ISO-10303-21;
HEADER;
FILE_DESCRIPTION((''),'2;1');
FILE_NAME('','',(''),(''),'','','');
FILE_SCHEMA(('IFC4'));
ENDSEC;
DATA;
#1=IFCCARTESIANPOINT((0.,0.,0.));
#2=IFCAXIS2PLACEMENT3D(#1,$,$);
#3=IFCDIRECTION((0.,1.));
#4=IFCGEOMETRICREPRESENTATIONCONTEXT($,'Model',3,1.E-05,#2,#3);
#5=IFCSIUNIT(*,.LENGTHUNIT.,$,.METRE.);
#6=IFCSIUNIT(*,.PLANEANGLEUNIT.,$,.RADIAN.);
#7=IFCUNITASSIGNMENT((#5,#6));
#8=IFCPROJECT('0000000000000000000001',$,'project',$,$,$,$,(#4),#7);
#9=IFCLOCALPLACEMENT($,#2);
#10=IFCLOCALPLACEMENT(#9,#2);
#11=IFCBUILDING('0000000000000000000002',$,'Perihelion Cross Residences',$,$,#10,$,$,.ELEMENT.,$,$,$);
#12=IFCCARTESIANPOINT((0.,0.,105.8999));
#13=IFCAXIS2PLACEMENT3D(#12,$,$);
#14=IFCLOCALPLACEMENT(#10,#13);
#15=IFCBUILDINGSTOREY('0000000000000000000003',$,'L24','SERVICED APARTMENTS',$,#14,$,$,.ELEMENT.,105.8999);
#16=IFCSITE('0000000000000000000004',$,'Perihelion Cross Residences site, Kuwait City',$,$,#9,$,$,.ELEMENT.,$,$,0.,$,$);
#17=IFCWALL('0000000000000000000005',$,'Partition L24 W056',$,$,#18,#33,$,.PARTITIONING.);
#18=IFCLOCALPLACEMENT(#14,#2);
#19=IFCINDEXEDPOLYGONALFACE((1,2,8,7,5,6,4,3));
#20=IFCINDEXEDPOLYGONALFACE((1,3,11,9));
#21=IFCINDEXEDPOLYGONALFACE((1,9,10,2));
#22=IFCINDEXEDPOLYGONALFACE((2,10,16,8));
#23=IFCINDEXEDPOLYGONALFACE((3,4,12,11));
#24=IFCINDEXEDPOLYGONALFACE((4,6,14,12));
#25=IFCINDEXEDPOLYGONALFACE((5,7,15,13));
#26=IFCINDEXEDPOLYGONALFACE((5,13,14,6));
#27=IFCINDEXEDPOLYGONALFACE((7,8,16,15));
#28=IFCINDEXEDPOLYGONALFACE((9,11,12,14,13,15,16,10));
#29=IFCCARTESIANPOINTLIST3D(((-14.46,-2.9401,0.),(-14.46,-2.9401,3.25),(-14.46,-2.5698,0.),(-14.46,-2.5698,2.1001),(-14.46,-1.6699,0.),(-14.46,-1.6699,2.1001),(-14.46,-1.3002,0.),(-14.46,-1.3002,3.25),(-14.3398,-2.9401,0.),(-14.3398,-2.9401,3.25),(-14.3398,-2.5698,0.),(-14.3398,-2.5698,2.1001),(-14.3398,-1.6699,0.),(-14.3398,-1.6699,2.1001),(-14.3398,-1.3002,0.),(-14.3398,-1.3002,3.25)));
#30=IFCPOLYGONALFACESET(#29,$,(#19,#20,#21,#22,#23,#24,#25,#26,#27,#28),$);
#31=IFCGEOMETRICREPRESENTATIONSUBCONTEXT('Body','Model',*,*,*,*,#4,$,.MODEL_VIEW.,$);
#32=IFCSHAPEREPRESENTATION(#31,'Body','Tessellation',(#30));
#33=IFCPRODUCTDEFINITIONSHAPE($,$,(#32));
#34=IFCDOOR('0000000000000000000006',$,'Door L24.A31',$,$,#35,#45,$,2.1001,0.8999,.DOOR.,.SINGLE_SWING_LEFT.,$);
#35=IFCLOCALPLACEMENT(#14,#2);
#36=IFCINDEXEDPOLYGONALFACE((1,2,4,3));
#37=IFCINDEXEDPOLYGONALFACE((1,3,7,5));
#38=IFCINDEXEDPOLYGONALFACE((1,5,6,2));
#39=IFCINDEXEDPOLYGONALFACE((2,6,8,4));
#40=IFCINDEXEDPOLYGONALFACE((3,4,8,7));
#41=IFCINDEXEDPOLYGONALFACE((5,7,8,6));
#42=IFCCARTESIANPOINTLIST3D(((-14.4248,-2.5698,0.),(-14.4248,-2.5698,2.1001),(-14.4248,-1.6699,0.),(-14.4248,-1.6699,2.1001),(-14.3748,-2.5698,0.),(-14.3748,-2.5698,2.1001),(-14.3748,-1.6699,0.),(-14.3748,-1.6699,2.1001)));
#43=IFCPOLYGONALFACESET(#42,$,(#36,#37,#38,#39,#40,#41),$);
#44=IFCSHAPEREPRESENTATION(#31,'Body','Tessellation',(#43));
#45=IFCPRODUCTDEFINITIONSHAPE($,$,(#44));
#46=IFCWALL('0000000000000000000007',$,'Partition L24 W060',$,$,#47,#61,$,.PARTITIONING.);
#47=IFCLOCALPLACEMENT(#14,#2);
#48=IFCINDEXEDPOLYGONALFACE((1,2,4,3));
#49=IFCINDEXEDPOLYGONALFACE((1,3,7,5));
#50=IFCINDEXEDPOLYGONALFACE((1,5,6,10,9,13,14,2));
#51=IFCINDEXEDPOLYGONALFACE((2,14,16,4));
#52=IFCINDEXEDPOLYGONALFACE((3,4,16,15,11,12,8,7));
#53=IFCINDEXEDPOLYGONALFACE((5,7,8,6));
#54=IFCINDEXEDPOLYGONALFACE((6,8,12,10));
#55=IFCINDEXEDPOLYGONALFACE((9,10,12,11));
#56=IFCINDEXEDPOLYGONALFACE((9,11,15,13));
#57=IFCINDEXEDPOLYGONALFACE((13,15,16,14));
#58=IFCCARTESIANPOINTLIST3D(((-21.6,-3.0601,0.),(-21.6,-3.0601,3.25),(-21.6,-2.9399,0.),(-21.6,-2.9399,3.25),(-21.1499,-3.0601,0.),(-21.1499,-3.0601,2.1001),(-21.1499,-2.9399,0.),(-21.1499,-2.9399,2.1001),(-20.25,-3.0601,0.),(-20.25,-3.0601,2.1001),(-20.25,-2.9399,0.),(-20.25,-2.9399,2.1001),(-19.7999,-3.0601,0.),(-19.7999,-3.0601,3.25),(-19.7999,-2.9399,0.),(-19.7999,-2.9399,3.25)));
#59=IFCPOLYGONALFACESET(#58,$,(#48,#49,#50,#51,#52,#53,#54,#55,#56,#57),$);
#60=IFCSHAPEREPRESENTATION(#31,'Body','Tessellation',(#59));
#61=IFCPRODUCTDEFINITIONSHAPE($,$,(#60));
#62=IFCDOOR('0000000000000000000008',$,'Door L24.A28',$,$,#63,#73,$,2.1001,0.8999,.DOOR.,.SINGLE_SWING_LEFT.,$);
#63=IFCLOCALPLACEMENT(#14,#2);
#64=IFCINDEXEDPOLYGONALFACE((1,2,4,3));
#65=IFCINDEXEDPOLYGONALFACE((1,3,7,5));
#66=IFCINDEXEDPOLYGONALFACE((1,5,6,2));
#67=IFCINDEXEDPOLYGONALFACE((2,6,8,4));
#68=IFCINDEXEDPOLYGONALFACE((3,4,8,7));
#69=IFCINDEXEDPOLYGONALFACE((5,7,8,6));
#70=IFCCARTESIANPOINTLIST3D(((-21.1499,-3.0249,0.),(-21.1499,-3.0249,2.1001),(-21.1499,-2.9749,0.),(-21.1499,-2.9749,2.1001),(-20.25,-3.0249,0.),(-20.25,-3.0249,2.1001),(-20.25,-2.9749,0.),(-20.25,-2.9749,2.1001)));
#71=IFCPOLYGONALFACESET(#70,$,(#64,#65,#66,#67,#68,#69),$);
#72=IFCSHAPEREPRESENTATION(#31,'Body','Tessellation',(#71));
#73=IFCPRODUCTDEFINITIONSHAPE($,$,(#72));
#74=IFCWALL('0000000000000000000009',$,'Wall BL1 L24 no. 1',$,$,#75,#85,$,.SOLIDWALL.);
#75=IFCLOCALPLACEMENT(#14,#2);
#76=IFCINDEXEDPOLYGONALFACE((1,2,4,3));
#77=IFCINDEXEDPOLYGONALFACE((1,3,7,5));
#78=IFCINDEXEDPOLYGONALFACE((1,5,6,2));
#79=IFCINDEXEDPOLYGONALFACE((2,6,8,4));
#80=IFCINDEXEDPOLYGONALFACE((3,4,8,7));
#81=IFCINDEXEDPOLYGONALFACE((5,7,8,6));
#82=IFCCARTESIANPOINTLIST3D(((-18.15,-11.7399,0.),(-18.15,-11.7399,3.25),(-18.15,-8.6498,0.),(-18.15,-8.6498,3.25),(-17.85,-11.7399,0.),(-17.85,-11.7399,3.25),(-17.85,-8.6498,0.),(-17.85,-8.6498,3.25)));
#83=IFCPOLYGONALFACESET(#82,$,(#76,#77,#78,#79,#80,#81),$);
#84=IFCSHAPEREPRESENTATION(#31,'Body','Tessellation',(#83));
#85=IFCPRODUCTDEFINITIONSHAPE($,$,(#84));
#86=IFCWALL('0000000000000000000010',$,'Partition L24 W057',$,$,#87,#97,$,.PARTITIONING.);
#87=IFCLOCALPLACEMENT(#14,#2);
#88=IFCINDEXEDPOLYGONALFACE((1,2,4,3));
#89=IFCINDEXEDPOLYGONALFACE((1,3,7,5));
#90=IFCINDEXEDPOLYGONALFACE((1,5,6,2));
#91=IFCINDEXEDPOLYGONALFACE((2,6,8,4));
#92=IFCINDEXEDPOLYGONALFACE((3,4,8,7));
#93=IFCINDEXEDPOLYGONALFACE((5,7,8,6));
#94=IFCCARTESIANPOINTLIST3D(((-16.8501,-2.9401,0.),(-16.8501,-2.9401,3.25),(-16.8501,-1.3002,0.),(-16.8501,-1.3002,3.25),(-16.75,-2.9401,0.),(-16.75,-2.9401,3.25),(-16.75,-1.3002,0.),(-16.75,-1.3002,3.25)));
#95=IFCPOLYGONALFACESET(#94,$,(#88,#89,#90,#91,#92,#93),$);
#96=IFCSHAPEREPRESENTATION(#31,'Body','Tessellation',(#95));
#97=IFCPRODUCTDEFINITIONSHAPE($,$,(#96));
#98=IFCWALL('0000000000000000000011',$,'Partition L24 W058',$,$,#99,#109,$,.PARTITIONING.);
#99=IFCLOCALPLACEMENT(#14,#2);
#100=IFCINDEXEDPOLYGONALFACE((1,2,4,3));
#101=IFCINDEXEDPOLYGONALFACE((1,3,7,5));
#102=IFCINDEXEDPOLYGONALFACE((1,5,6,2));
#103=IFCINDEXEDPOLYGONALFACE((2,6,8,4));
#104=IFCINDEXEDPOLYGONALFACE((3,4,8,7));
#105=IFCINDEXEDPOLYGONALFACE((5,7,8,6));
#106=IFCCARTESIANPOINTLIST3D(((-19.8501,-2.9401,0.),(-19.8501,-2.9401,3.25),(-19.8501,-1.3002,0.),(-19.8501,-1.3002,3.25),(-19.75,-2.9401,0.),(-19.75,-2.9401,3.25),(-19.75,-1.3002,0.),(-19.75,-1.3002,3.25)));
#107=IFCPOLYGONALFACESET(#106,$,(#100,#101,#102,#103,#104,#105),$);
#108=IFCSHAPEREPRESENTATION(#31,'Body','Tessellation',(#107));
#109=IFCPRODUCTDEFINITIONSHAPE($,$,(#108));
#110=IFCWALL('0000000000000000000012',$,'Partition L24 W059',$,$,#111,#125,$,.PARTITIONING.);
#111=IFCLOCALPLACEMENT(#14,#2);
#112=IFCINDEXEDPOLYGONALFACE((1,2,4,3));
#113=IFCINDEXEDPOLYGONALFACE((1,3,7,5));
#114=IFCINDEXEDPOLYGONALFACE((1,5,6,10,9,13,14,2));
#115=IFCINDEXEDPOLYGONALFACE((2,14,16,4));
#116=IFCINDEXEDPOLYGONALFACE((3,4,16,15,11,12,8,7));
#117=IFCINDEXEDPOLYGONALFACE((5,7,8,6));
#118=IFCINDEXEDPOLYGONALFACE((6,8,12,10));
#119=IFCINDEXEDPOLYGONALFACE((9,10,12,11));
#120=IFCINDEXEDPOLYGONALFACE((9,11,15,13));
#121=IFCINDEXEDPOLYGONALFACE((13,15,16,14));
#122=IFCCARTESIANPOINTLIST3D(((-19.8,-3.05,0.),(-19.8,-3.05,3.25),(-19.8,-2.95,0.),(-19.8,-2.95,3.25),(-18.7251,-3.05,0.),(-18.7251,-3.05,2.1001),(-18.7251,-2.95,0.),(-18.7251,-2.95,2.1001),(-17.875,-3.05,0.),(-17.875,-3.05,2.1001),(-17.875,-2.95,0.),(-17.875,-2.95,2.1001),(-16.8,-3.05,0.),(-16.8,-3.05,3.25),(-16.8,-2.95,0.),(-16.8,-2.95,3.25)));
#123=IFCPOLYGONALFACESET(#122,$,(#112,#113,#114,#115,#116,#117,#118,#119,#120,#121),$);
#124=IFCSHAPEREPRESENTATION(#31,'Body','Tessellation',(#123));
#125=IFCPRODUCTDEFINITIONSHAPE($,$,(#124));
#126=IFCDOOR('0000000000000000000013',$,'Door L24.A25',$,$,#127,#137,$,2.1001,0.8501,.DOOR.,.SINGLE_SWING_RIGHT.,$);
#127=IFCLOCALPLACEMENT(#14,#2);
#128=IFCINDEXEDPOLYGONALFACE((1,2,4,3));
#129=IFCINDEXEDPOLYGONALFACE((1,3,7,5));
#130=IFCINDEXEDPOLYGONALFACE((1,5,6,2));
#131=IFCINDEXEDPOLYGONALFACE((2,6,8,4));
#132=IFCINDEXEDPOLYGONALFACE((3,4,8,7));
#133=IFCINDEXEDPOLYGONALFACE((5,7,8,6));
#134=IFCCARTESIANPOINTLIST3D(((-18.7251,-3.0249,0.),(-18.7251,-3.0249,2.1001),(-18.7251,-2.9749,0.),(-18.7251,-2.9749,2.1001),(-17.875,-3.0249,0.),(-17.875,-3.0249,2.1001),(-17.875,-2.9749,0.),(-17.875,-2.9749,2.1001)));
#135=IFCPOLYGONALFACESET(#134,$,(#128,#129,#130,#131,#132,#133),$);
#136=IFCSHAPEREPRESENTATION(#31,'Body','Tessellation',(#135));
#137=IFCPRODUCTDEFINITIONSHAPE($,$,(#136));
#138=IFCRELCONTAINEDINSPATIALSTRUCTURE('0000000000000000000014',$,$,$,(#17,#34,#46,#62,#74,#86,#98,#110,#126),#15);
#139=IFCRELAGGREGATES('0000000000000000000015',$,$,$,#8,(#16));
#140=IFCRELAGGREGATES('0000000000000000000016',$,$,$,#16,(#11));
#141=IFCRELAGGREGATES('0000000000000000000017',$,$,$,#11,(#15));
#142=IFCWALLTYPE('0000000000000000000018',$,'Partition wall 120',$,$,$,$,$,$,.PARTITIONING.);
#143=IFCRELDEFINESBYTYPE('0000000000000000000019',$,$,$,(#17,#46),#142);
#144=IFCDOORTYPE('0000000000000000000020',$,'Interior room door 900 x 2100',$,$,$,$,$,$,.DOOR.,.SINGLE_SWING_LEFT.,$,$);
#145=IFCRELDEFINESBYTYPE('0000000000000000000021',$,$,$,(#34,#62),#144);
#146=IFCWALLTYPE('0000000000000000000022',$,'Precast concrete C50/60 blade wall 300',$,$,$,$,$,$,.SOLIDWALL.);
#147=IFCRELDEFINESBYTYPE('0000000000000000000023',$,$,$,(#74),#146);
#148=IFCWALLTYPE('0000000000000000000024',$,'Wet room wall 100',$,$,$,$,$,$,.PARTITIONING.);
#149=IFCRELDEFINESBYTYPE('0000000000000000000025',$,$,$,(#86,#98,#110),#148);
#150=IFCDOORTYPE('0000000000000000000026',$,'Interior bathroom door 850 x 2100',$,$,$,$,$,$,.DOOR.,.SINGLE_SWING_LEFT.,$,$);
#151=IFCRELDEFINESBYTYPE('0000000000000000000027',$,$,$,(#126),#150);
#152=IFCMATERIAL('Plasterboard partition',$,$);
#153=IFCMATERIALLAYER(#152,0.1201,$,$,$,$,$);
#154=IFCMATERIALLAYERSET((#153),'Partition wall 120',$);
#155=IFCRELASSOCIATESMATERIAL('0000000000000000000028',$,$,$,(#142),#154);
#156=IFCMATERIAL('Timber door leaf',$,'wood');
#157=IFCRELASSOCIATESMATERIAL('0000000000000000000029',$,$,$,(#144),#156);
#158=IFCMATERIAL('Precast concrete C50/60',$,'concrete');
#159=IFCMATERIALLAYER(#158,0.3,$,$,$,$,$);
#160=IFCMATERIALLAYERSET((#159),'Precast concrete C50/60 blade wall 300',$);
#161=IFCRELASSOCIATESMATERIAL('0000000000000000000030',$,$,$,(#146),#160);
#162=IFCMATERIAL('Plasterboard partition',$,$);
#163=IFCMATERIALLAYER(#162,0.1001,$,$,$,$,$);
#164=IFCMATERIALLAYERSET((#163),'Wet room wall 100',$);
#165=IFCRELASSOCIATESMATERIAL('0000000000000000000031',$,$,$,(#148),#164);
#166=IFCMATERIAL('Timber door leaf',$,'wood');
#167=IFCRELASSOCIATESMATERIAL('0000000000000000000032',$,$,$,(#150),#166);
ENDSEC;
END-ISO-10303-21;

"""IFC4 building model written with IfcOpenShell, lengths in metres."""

from ifc_helpers import new_model, si_unit, direction, frame, frame_2d, origin, place, context, subcontext, project, spatial, rectangle, extrude, material, layer, layer_set, type_object, element, fill, save


model = new_model("IFC4")

# Units and contexts
model_context = context("Model", 3, precision=1e-05, world=origin(), true_north=direction((0.0, 1.0)))
body_context = subcontext(model_context, "Body", "Model", "MODEL_VIEW")
ifc_project = project(units=[si_unit("LENGTHUNIT", "METRE"), si_unit("PLANEANGLEUNIT", "RADIAN")], contexts=[model_context])

# Site, building, storey
site_placement = place(None, origin())
site = spatial("IfcSite", under=ifc_project, at=site_placement, Name="Perihelion Cross Residences site, Kuwait City", CompositionType="ELEMENT", RefElevation=0.0)
building_placement = place(site_placement, origin())
building = spatial("IfcBuilding", under=site, at=building_placement, Name="Perihelion Cross Residences", CompositionType="ELEMENT")
storey_placement = place(building_placement, frame((0.0, 0.0, 105.8999)))
storey = spatial("IfcBuildingStorey", under=building, at=storey_placement, Name="L24", Description="SERVICED APARTMENTS", CompositionType="ELEMENT", Elevation=105.8999)

# Shared definitions
ifc_material_1 = material(Name="Plasterboard partition")
ifc_layer_1 = layer(ifc_material_1, 0.1201)
ifc_layer_set_1 = layer_set([ifc_layer_1], Name="Partition wall 120")
wall_type_1 = type_object("IfcWallType", Name="Partition wall 120", PredefinedType="PARTITIONING", material=ifc_layer_set_1)
ifc_material_2 = material(Name="Timber door leaf", Category="wood")
door_type_1 = type_object("IfcDoorType", Name="Interior room door 900 x 2100", OperationType="SINGLE_SWING_LEFT", PredefinedType="DOOR", material=ifc_material_2)

# Walls, openings, doors
wall_1_placement = place(storey_placement, frame((-14.3999, -2.9399, 0.0), z_axis=(0.0, 0.0, 1.0), x_axis=(0.0, 1.0, 0.0)))
wall_1 = element("IfcWall", 1, at=wall_1_placement, inside=storey, type_object=wall_type_1, Name="Partition L24 W056", PredefinedType="PARTITIONING", context=body_context, shape_type="SweptSolid", body=[
    extrude(rectangle(XDim=1.6399, YDim=0.1201, at=frame_2d((0.8198, 0.0))), origin(), (0.0, 0.0, 1.0), 3.25),
])
opening_1_placement = place(wall_1_placement, frame((0.3701, 0.0, 0.0)))
opening_1 = element("IfcOpeningElement", 2, at=opening_1_placement, cuts=wall_1, PredefinedType="OPENING", context=body_context, shape_type="SweptSolid", body=[
    extrude(rectangle(XDim=0.8999, YDim=2.1001, at=frame_2d((0.45, 1.05))), frame((0.0, 0.0701, 0.0), z_axis=(0.0, -1.0, 0.0), x_axis=(1.0, 0.0, 0.0)), (0.0, 0.0, 1.0), 0.1401),
])
door_1_placement = place(opening_1_placement, origin())
door_1 = element("IfcDoor", 3, at=door_1_placement, inside=storey, type_object=door_type_1, Name="Door L24.A31", OperationType="SINGLE_SWING_LEFT", OverallHeight=2.1001, OverallWidth=0.8999, PredefinedType="DOOR", context=body_context, shape_type="SweptSolid", body=[
    extrude(rectangle(XDim=0.8999, YDim=2.1001, at=frame_2d((0.45, 1.05))), frame((0.0, 0.0249, 0.0), z_axis=(0.0, -1.0, 0.0), x_axis=(1.0, 0.0, 0.0)), (0.0, 0.0, 1.0), 0.05),
])
fill(opening_1, door_1)
wall_2_placement = place(storey_placement, frame((-19.8, -3.0, 0.0), z_axis=(0.0, 0.0, 1.0), x_axis=(-1.0, 0.0, 0.0)))
wall_2 = element("IfcWall", 4, at=wall_2_placement, inside=storey, type_object=wall_type_1, Name="Partition L24 W060", PredefinedType="PARTITIONING", context=body_context, shape_type="SweptSolid", body=[
    extrude(rectangle(XDim=1.8, YDim=0.1201, at=frame_2d((0.8999, 0.0))), origin(), (0.0, 0.0, 1.0), 3.25),
])
opening_2_placement = place(wall_2_placement, frame((0.45, 0.0, 0.0)))
opening_2 = element("IfcOpeningElement", 5, at=opening_2_placement, cuts=wall_2, PredefinedType="OPENING", context=body_context, shape_type="SweptSolid", body=[
    extrude(rectangle(XDim=0.8999, YDim=2.1001, at=frame_2d((0.45, 1.05))), frame((0.0, 0.0701, 0.0), z_axis=(0.0, -1.0, 0.0), x_axis=(1.0, 0.0, 0.0)), (0.0, 0.0, 1.0), 0.1401),
])
door_2_placement = place(opening_2_placement, origin())
door_2 = element("IfcDoor", 6, at=door_2_placement, inside=storey, type_object=door_type_1, Name="Door L24.A28", OperationType="SINGLE_SWING_LEFT", OverallHeight=2.1001, OverallWidth=0.8999, PredefinedType="DOOR", context=body_context, shape_type="SweptSolid", body=[
    extrude(rectangle(XDim=0.8999, YDim=2.1001, at=frame_2d((0.45, 1.05))), frame((0.0, 0.0249, 0.0), z_axis=(0.0, -1.0, 0.0), x_axis=(1.0, 0.0, 0.0)), (0.0, 0.0, 1.0), 0.05),
])
fill(opening_2, door_2)

# Walls
ifc_material_3 = material(Name="Precast concrete C50/60", Category="concrete")
ifc_layer_2 = layer(ifc_material_3, 0.3)
ifc_layer_set_2 = layer_set([ifc_layer_2], Name="Precast concrete C50/60 blade wall 300")
wall_type_2 = type_object("IfcWallType", Name="Precast concrete C50/60 blade wall 300", PredefinedType="SOLIDWALL", material=ifc_layer_set_2)
wall_3_placement = place(storey_placement, frame((-18.0, -8.6499, 0.0), z_axis=(0.0, 0.0, 1.0), x_axis=(0.0, -1.0, 0.0)))
element("IfcWall", 7, at=wall_3_placement, inside=storey, type_object=wall_type_2, Name="Wall BL1 L24 no. 1", PredefinedType="SOLIDWALL", context=body_context, shape_type="SweptSolid", body=[
    extrude(rectangle(XDim=3.0901, YDim=0.3, at=frame_2d((1.5449, 0.0))), origin(), (0.0, 0.0, 1.0), 3.25),
])
ifc_material_4 = material(Name="Plasterboard partition")
ifc_layer_3 = layer(ifc_material_4, 0.1001)
ifc_layer_set_3 = layer_set([ifc_layer_3], Name="Wet room wall 100")
wall_type_3 = type_object("IfcWallType", Name="Wet room wall 100", PredefinedType="PARTITIONING", material=ifc_layer_set_3)
for number, where, z_axis, x_axis, name in (
    (8, (-16.8, -2.9399, 0.0), (0.0, 0.0, 1.0), (0.0, 1.0, 0.0), "Partition L24 W057"),
    (9, (-19.8, -2.9399, 0.0), (0.0, 0.0, 1.0), (0.0, 1.0, 0.0), "Partition L24 W058"),
):
    element("IfcWall", number, at=place(storey_placement, frame(where, z_axis=z_axis, x_axis=x_axis)), inside=storey, type_object=wall_type_3, Name=name, PredefinedType="PARTITIONING", context=body_context, shape_type="SweptSolid", body=[
        extrude(rectangle(XDim=1.6399, YDim=0.1001, at=frame_2d((0.8198, 0.0))), origin(), (0.0, 0.0, 1.0), 3.25),
    ])

# Wall, opening, door
wall_4_placement = place(storey_placement, frame((-16.8, -3.0, 0.0), z_axis=(0.0, 0.0, 1.0), x_axis=(-1.0, 0.0, 0.0)))
wall_4 = element("IfcWall", 10, at=wall_4_placement, inside=storey, type_object=wall_type_3, Name="Partition L24 W059", PredefinedType="PARTITIONING", context=body_context, shape_type="SweptSolid", body=[
    extrude(rectangle(XDim=3.0, YDim=0.1001, at=frame_2d((1.5, 0.0))), origin(), (0.0, 0.0, 1.0), 3.25),
])
opening_3_placement = place(wall_4_placement, frame((1.075, 0.0, 0.0)))
opening_3 = element("IfcOpeningElement", 11, at=opening_3_placement, cuts=wall_4, PredefinedType="OPENING", context=body_context, shape_type="SweptSolid", body=[
    extrude(rectangle(XDim=0.8501, YDim=2.1001, at=frame_2d((0.425, 1.05))), frame((0.0, 0.0601, 0.0), z_axis=(0.0, -1.0, 0.0), x_axis=(1.0, 0.0, 0.0)), (0.0, 0.0, 1.0), 0.1201),
])
ifc_material_5 = material(Name="Timber door leaf", Category="wood")
door_type_2 = type_object("IfcDoorType", Name="Interior bathroom door 850 x 2100", OperationType="SINGLE_SWING_LEFT", PredefinedType="DOOR", material=ifc_material_5)
door_3_placement = place(opening_3_placement, origin())
door_3 = element("IfcDoor", 12, at=door_3_placement, inside=storey, type_object=door_type_2, Name="Door L24.A25", OperationType="SINGLE_SWING_RIGHT", OverallHeight=2.1001, OverallWidth=0.8501, PredefinedType="DOOR", context=body_context, shape_type="SweptSolid", body=[
    extrude(rectangle(XDim=0.8501, YDim=2.1001, at=frame_2d((0.425, 1.05))), frame((0.0, 0.0249, 0.0), z_axis=(0.0, -1.0, 0.0), x_axis=(1.0, 0.0, 0.0)), (0.0, 0.0, 1.0), 0.05),
])
fill(opening_3, door_3)

save(model, "model.ifc")
